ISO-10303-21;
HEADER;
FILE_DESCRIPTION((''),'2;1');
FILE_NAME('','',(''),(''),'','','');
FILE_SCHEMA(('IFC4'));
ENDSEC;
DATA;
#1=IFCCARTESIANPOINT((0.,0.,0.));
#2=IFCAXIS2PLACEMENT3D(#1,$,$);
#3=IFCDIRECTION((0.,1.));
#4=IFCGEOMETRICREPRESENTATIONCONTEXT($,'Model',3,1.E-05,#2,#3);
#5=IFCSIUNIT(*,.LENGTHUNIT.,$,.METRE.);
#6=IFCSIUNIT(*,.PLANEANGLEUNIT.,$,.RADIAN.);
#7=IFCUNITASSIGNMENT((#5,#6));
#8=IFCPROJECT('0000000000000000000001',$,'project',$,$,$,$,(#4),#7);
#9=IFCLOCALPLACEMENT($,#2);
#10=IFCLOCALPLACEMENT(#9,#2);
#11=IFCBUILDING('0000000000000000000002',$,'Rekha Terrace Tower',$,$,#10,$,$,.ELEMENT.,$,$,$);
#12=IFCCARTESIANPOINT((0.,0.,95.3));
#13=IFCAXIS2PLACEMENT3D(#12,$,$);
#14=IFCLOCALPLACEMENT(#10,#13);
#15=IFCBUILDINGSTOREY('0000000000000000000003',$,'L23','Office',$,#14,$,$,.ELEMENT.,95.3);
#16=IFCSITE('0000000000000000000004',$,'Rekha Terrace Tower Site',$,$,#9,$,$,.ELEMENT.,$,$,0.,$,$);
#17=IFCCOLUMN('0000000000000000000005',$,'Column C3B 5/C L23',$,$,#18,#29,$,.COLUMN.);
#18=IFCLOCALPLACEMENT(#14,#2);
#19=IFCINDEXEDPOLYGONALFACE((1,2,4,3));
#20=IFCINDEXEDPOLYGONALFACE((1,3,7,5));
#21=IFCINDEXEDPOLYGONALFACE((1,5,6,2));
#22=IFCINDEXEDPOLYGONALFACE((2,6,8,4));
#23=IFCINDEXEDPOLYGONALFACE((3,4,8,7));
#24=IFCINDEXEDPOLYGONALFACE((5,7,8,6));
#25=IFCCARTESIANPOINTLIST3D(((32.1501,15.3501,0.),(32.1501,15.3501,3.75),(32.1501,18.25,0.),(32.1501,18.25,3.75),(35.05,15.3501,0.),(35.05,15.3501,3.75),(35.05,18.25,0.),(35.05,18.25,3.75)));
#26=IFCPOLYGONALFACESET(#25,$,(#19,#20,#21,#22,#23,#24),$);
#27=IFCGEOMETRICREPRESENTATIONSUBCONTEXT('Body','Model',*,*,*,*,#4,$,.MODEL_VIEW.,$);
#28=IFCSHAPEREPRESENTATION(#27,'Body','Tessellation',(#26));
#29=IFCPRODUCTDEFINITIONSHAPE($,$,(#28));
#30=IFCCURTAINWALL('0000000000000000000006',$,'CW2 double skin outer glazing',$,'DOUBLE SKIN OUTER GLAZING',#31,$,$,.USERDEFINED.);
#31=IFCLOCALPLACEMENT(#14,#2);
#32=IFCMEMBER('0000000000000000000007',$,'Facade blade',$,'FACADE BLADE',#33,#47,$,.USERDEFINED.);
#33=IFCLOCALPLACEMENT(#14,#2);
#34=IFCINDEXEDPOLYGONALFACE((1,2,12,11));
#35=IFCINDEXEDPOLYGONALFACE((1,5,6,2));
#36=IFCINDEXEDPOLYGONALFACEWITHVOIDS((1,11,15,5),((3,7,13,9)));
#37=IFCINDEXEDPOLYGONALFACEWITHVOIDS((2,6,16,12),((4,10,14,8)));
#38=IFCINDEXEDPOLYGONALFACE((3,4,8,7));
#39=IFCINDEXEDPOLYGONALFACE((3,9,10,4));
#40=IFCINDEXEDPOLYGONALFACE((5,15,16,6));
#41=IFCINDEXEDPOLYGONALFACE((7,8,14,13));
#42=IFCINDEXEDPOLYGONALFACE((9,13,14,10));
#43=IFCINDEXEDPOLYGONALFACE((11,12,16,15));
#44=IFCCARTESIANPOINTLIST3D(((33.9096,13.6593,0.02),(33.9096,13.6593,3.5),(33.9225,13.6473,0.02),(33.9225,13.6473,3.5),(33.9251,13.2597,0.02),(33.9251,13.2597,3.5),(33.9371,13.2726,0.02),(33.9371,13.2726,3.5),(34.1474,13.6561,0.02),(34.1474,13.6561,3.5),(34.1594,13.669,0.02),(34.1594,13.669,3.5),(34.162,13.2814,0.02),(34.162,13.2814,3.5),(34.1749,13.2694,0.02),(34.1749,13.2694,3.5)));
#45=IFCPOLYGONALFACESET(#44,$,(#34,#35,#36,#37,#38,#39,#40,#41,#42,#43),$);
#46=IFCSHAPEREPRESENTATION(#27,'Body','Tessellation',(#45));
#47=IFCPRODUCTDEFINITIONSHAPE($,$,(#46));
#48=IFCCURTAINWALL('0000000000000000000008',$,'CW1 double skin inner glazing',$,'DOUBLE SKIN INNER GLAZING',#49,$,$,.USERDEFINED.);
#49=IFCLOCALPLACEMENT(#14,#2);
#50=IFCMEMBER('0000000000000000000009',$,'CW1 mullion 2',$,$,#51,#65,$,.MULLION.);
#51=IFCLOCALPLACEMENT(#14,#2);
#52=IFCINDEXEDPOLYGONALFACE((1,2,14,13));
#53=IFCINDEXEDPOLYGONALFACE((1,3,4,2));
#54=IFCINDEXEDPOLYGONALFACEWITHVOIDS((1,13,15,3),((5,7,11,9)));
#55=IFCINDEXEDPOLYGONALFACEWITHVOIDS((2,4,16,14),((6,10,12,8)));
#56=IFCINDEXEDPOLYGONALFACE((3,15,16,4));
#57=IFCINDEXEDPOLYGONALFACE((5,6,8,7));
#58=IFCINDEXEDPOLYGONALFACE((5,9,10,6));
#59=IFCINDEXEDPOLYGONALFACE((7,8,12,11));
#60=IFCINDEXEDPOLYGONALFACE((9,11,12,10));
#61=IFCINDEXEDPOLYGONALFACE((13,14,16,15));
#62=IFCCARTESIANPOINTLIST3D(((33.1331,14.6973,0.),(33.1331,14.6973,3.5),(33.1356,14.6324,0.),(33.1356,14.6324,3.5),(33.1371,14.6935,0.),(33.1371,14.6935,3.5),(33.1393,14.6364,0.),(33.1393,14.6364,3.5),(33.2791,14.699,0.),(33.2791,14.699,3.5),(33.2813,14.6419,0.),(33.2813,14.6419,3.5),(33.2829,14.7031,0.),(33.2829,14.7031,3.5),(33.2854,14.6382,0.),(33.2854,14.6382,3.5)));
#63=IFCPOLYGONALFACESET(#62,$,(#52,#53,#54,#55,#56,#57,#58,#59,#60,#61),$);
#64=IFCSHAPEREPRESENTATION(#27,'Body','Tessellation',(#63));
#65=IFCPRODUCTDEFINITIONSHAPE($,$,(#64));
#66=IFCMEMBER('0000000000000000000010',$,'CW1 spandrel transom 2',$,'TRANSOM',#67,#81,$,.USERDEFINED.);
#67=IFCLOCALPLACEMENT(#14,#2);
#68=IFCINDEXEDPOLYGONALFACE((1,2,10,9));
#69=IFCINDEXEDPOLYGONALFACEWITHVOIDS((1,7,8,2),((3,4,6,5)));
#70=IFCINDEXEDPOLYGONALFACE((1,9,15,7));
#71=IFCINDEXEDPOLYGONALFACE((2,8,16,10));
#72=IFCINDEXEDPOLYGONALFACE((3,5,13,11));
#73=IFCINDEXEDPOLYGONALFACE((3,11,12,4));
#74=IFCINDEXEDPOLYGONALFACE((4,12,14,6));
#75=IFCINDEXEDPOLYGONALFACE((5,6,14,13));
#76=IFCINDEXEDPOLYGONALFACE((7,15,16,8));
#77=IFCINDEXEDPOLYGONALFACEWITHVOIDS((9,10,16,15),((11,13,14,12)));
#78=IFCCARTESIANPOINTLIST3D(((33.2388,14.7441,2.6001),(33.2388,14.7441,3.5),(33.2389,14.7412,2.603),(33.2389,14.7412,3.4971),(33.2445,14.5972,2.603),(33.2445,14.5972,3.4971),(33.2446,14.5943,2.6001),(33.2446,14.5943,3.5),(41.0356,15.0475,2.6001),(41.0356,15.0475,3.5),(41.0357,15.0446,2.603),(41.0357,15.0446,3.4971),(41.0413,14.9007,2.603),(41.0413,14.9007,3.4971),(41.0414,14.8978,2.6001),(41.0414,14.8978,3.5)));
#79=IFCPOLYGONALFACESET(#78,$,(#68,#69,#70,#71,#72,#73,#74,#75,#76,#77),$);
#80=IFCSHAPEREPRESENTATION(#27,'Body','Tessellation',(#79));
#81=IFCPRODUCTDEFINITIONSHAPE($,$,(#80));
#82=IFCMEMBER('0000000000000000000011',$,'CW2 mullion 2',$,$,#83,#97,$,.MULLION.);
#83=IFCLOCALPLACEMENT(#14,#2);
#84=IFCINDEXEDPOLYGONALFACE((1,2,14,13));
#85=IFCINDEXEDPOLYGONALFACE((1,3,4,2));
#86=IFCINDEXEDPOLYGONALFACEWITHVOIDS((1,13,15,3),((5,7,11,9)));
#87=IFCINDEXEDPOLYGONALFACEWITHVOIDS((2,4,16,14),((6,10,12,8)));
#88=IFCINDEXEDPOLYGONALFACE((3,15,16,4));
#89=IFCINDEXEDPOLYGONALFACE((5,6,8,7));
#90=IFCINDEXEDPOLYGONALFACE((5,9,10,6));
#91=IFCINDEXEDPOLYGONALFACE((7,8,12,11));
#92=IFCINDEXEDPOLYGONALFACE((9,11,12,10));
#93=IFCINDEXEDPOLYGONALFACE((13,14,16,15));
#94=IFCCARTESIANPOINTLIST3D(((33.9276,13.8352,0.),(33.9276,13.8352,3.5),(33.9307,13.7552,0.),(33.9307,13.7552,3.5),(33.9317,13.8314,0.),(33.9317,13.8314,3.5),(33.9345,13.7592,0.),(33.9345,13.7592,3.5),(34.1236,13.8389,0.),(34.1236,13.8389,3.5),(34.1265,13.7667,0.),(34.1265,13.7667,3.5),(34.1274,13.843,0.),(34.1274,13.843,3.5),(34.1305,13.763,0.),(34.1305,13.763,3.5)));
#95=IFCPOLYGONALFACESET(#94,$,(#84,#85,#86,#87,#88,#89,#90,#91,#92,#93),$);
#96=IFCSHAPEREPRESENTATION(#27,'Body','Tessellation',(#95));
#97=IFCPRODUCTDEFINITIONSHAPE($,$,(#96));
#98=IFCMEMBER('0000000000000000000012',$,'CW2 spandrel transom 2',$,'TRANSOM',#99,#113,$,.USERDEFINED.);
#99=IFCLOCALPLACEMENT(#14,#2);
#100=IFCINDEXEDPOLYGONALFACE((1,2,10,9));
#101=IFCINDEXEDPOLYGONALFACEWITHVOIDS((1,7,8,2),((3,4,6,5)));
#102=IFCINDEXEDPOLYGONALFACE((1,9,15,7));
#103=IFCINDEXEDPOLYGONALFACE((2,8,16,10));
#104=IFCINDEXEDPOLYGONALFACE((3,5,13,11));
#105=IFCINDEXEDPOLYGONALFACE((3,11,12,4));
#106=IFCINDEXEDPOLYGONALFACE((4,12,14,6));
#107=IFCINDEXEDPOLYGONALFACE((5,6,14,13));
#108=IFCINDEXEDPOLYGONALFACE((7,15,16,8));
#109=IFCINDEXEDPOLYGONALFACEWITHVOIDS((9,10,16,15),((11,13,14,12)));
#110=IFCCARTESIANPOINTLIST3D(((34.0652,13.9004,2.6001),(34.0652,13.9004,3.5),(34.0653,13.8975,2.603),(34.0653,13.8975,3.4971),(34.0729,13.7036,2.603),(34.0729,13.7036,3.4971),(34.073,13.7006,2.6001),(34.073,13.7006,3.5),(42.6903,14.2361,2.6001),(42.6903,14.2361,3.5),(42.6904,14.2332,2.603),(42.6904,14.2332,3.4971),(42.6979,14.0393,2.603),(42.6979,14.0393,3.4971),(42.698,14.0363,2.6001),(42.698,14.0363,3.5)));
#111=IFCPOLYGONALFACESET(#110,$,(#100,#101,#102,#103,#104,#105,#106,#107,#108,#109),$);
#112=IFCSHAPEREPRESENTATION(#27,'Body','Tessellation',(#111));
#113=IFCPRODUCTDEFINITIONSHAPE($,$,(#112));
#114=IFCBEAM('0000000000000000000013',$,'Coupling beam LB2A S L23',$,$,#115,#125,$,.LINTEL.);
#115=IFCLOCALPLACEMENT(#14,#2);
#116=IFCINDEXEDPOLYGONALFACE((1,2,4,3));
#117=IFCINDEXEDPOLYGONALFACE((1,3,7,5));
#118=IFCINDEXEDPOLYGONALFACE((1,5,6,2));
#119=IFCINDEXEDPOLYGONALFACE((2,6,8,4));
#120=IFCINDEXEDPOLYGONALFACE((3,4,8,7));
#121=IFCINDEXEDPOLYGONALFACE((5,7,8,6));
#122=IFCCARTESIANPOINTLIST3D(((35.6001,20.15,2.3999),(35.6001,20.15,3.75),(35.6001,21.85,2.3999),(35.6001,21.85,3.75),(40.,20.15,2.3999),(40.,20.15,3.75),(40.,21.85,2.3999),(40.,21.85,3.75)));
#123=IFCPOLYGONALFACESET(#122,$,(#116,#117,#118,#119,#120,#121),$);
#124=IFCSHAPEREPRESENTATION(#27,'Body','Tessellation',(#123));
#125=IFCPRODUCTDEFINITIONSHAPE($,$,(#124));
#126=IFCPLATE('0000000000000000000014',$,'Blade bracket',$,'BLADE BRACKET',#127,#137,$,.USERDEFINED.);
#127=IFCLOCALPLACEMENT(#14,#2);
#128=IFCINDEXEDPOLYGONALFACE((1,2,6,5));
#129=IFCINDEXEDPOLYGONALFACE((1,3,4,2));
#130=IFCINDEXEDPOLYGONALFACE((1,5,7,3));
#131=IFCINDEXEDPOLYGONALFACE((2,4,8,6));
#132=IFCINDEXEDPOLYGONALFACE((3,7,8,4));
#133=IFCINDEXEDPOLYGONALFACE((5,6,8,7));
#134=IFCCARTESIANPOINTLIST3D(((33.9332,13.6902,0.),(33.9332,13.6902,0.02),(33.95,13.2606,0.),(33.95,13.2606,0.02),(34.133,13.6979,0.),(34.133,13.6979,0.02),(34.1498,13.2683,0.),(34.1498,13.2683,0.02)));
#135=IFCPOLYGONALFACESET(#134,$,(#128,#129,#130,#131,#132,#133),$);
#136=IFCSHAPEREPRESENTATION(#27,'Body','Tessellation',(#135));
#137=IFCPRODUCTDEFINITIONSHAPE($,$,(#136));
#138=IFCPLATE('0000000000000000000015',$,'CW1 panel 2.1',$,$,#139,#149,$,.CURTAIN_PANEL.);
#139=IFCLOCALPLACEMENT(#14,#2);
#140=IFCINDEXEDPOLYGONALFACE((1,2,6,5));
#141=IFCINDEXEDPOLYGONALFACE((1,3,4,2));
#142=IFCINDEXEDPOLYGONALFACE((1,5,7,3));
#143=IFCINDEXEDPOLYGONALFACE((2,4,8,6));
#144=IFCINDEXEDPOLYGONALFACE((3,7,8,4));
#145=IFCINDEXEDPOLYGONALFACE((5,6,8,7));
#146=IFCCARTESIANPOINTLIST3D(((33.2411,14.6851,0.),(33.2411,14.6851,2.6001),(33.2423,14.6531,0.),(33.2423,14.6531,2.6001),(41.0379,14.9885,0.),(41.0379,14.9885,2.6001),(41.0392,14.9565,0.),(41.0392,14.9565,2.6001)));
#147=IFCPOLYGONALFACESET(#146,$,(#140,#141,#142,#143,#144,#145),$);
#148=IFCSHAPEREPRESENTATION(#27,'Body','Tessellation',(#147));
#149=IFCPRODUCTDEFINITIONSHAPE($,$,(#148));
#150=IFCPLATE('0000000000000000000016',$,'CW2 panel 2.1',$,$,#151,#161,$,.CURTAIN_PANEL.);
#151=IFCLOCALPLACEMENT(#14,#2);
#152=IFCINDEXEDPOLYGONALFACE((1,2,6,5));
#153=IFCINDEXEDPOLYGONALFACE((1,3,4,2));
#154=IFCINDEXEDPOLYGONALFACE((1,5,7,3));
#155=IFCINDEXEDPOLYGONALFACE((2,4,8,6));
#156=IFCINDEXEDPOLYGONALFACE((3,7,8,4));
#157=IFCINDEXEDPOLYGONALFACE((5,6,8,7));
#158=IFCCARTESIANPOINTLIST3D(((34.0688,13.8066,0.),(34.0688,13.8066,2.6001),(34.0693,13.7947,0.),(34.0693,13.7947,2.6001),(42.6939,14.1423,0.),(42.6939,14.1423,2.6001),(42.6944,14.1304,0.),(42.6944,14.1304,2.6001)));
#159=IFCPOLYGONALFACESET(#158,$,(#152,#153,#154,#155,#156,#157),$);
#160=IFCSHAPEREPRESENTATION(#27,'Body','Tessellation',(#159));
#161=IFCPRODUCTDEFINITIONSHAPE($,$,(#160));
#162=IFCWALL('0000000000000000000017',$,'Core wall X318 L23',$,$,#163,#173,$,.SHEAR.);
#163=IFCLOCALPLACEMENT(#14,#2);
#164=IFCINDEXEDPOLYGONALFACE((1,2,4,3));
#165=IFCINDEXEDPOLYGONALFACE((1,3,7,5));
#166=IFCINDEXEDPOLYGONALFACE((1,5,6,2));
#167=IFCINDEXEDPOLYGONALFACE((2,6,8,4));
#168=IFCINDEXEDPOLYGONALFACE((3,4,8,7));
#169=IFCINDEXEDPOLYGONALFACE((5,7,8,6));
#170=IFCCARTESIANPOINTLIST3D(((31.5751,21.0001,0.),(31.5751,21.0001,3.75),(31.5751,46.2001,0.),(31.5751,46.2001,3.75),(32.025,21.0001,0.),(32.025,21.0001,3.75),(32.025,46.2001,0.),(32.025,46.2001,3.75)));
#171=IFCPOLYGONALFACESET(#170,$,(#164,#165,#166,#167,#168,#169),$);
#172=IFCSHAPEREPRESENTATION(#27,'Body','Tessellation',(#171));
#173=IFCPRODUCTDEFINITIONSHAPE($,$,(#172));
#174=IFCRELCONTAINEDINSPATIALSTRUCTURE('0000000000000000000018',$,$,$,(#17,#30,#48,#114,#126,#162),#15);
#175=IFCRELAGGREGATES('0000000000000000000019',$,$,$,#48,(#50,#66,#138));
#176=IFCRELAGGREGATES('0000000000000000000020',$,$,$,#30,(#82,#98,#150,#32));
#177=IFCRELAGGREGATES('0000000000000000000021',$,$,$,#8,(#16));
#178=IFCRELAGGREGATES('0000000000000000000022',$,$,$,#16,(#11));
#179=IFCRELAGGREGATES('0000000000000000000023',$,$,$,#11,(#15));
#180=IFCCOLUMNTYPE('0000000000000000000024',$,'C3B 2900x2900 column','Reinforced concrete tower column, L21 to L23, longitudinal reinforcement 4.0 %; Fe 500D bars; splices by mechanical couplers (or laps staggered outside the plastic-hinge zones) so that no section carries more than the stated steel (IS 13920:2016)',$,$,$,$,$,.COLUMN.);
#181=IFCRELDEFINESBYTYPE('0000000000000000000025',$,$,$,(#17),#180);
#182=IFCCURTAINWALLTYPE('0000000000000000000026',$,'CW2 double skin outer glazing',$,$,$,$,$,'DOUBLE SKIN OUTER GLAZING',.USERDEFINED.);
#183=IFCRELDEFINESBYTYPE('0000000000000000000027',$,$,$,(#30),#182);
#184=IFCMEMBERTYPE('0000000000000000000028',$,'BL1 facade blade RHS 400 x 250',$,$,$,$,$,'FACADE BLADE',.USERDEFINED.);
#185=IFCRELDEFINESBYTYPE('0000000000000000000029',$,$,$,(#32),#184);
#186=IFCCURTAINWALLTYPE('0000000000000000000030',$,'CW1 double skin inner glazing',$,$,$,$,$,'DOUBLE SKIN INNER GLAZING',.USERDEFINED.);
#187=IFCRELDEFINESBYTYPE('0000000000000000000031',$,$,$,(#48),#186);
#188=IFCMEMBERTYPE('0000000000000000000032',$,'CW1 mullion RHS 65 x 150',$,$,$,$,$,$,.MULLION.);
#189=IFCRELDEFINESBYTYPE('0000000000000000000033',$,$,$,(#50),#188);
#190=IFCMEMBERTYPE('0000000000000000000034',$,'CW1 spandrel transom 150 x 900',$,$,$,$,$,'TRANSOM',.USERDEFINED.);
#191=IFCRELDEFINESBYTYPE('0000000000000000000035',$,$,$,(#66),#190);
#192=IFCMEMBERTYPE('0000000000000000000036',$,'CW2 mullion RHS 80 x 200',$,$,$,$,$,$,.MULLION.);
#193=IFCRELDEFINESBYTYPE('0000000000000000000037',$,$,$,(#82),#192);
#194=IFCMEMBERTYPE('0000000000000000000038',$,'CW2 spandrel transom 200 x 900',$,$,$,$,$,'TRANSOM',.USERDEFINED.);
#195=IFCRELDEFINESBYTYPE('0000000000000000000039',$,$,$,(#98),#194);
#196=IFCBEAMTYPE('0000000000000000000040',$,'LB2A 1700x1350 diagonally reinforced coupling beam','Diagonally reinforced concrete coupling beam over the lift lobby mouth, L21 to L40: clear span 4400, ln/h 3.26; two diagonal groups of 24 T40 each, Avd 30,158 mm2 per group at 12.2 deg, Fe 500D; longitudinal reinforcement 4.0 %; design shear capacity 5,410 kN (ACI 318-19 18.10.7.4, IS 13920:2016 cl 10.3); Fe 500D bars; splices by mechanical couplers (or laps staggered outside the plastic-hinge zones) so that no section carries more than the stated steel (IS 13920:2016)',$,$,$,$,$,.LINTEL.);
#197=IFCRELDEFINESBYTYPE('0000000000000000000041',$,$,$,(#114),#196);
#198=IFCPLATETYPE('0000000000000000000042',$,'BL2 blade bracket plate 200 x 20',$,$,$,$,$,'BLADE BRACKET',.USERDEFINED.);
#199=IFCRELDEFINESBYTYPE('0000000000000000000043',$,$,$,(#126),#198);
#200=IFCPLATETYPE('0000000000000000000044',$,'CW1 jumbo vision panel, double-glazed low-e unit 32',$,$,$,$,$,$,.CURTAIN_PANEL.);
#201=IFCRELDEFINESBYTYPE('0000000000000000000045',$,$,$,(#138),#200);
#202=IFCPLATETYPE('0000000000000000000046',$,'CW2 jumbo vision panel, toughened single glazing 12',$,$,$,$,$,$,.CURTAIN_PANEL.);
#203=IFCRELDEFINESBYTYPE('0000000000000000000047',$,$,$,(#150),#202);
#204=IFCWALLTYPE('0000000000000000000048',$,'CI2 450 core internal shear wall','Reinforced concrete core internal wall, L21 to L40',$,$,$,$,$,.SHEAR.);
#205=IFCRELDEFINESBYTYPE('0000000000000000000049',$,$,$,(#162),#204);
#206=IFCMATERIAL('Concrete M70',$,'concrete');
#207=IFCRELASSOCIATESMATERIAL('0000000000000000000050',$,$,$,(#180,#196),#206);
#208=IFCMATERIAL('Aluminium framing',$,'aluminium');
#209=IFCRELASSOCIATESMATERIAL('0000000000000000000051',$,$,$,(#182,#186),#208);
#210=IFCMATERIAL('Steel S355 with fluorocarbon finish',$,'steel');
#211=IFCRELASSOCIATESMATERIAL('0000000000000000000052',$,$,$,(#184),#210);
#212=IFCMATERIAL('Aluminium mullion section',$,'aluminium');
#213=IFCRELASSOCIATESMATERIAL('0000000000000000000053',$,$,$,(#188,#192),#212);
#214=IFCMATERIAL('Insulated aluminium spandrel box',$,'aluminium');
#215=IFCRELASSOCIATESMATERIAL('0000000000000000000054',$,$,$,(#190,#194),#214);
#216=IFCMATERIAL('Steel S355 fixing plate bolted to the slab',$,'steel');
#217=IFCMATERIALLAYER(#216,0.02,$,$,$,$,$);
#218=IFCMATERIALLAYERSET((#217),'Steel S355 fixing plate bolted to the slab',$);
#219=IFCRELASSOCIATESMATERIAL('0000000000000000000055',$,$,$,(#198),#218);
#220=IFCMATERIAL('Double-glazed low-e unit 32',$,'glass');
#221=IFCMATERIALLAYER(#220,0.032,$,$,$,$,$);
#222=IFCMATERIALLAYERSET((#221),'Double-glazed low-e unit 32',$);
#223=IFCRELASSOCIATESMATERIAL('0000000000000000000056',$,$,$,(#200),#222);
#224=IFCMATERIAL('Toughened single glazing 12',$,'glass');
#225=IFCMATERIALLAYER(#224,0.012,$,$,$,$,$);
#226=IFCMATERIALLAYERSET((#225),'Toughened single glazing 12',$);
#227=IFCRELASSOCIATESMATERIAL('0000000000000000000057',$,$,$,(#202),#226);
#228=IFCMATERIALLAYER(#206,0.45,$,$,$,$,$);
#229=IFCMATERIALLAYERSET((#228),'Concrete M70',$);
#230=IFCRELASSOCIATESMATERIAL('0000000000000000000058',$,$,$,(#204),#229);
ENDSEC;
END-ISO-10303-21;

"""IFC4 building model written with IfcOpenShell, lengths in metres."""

from ifc_helpers import new_model, si_unit, direction, frame, frame_2d, origin, origin_2d, place, context, subcontext, project, spatial, rectangle, hollow_rectangle, extrude, material, layer, layer_set, material_profile, profile_set, type_object, element, aggregate, save


model = new_model("IFC4")

# Units and contexts
model_context = context("Model", 3, precision=1e-05, world=origin(), true_north=direction((0.0, 1.0)))
body_context = subcontext(model_context, "Body", "Model", "MODEL_VIEW")
ifc_project = project(units=[si_unit("LENGTHUNIT", "METRE"), si_unit("PLANEANGLEUNIT", "RADIAN")], contexts=[model_context])

# Site, building, storey
site_placement = place(None, origin())
site = spatial("IfcSite", under=ifc_project, at=site_placement, Name="Rekha Terrace Tower Site", CompositionType="ELEMENT", RefElevation=0.0)
building_placement = place(site_placement, origin())
building = spatial("IfcBuilding", under=site, at=building_placement, Name="Rekha Terrace Tower", CompositionType="ELEMENT")
storey_placement = place(building_placement, frame((0.0, 0.0, 95.3)))
storey = spatial("IfcBuildingStorey", under=building, at=storey_placement, Name="L23", Description="Office", CompositionType="ELEMENT", Elevation=95.3)

# Column
ifc_material_1 = material(Name="Concrete M70", Category="concrete")
ifc_material_profile_1 = material_profile(ifc_material_1, rectangle(XDim=2.8999, YDim=2.8999, at=origin_2d()), Name="RC 2900x2900")
ifc_profile_set_1 = profile_set([ifc_material_profile_1], Name="Concrete M70")
column_type = type_object("IfcColumnType", Name="C3B 2900x2900 column", Description="Reinforced concrete tower column, L21 to L23, longitudinal reinforcement 4.0 %; Fe 500D bars; splices by mechanical couplers (or laps staggered outside the plastic-hinge zones) so that no section carries more than the stated steel (IS 13920:2016)", PredefinedType="COLUMN", material=ifc_profile_set_1)
column_placement = place(storey_placement, frame((33.6001, 16.8, 0.0), z_axis=(0.0, 0.0, 1.0), x_axis=(1.0, 0.0, 0.0)))
element("IfcColumn", 1, at=column_placement, inside=storey, type_object=column_type, Name="Column C3B 5/C L23", PredefinedType="COLUMN", context=body_context, shape_type="SweptSolid", body=[
    extrude(rectangle(XDim=2.8999, YDim=2.8999, at=origin_2d()), origin(), (0.0, 0.0, 1.0), 3.75),
])

# Curtain wall, member
ifc_material_2 = material(Name="Aluminium framing", Category="aluminium")
curtain_wall_type_1 = type_object("IfcCurtainWallType", Name="CW2 double skin outer glazing", ElementType="DOUBLE SKIN OUTER GLAZING", PredefinedType="USERDEFINED", material=ifc_material_2)
curtain_wall_1_placement = place(storey_placement, origin())
curtain_wall_1 = element("IfcCurtainWall", 2, at=curtain_wall_1_placement, inside=storey, type_object=curtain_wall_type_1, Name="CW2 double skin outer glazing", ObjectType="DOUBLE SKIN OUTER GLAZING", PredefinedType="USERDEFINED")
ifc_material_3 = material(Name="Steel S355 with fluorocarbon finish", Category="steel")
ifc_material_profile_2 = material_profile(ifc_material_3, hollow_rectangle(XDim=0.25, YDim=0.3999, WallThickness=0.0125, at=origin_2d()), Name="RHS400x250x12.5")
ifc_profile_set_2 = profile_set([ifc_material_profile_2], Name="Steel S355 with fluorocarbon finish")
member_type_1 = type_object("IfcMemberType", Name="BL1 facade blade RHS 400 x 250", ElementType="FACADE BLADE", PredefinedType="USERDEFINED", material=ifc_profile_set_2)
member_1_placement = place(storey_placement, frame((34.0422, 13.4644, 0.02), z_axis=(0.0, 0.0, 1.0), x_axis=(0.999243, 0.03889, 0.0)))
member_1 = element("IfcMember", 3, at=member_1_placement, type_object=member_type_1, Name="Facade blade", ObjectType="FACADE BLADE", PredefinedType="USERDEFINED", context=body_context, shape_type="SweptSolid", body=[
    extrude(hollow_rectangle(XDim=0.25, YDim=0.3999, WallThickness=0.0125, at=origin_2d()), origin(), (0.0, 0.0, 1.0), 3.48),
])

# Curtain wall, members
curtain_wall_type_2 = type_object("IfcCurtainWallType", Name="CW1 double skin inner glazing", ElementType="DOUBLE SKIN INNER GLAZING", PredefinedType="USERDEFINED", material=ifc_material_2)
curtain_wall_2_placement = place(storey_placement, origin())
curtain_wall_2 = element("IfcCurtainWall", 4, at=curtain_wall_2_placement, inside=storey, type_object=curtain_wall_type_2, Name="CW1 double skin inner glazing", ObjectType="DOUBLE SKIN INNER GLAZING", PredefinedType="USERDEFINED")
ifc_material_4 = material(Name="Aluminium mullion section", Category="aluminium")
ifc_material_profile_3 = material_profile(ifc_material_4, hollow_rectangle(XDim=0.0649, YDim=0.1499, WallThickness=0.0039, at=origin_2d()), Name="AL RHS 65x150")
ifc_profile_set_3 = profile_set([ifc_material_profile_3], Name="Aluminium mullion section")
member_type_2 = type_object("IfcMemberType", Name="CW1 mullion RHS 65 x 150", PredefinedType="MULLION", material=ifc_profile_set_3)
member_2_placement = place(storey_placement, frame((33.2092, 14.6677, 0.0), z_axis=(0.0, 0.0, 1.0), x_axis=(-0.03889, 0.999243, 0.0)))
member_2 = element("IfcMember", 5, at=member_2_placement, type_object=member_type_2, Name="CW1 mullion 2", PredefinedType="MULLION", context=body_context, shape_type="SweptSolid", body=[
    extrude(hollow_rectangle(XDim=0.0649, YDim=0.1499, WallThickness=0.0039, at=origin_2d()), origin(), (0.0, 0.0, 1.0), 3.5),
])
ifc_material_5 = material(Name="Insulated aluminium spandrel box", Category="aluminium")
ifc_material_profile_4 = material_profile(ifc_material_5, hollow_rectangle(XDim=0.1499, YDim=0.8999, WallThickness=0.0029, at=origin_2d()), Name="AL SPANDREL BOX 150x900")
ifc_profile_set_4 = profile_set([ifc_material_profile_4], Name="Insulated aluminium spandrel box")
member_type_3 = type_object("IfcMemberType", Name="CW1 spandrel transom 150 x 900", ElementType="TRANSOM", PredefinedType="USERDEFINED", material=ifc_profile_set_4)
member_3_placement = place(storey_placement, frame((33.2417, 14.6692, 3.05), z_axis=(0.999243, 0.038892, 0.0), x_axis=(-0.038892, 0.999243, 0.0)))
member_3 = element("IfcMember", 6, at=member_3_placement, type_object=member_type_3, Name="CW1 spandrel transom 2", ObjectType="TRANSOM", PredefinedType="USERDEFINED", context=body_context, shape_type="SweptSolid", body=[
    extrude(hollow_rectangle(XDim=0.1499, YDim=0.8999, WallThickness=0.0029, at=origin_2d()), origin(), (0.0, 0.0, 1.0), 7.8027),
])

# Members
ifc_material_profile_5 = material_profile(ifc_material_4, hollow_rectangle(XDim=0.0801, YDim=0.2, WallThickness=0.0039, at=origin_2d()), Name="AL RHS 80x200")
ifc_profile_set_5 = profile_set([ifc_material_profile_5], Name="Aluminium mullion section")
member_type_4 = type_object("IfcMemberType", Name="CW2 mullion RHS 80 x 200", PredefinedType="MULLION", material=ifc_profile_set_5)
member_4_placement = place(storey_placement, frame((34.0291, 13.7991, 0.0), z_axis=(0.0, 0.0, 1.0), x_axis=(-0.03889, 0.999243, 0.0)))
member_4 = element("IfcMember", 7, at=member_4_placement, type_object=member_type_4, Name="CW2 mullion 2", PredefinedType="MULLION", context=body_context, shape_type="SweptSolid", body=[
    extrude(hollow_rectangle(XDim=0.0801, YDim=0.2, WallThickness=0.0039, at=origin_2d()), origin(), (0.0, 0.0, 1.0), 3.5),
])
ifc_material_profile_6 = material_profile(ifc_material_5, hollow_rectangle(XDim=0.2, YDim=0.8999, WallThickness=0.0029, at=origin_2d()), Name="AL SPANDREL BOX 200x900")
ifc_profile_set_6 = profile_set([ifc_material_profile_6], Name="Insulated aluminium spandrel box")
member_type_5 = type_object("IfcMemberType", Name="CW2 spandrel transom 200 x 900", ElementType="TRANSOM", PredefinedType="USERDEFINED", material=ifc_profile_set_6)
member_5_placement = place(storey_placement, frame((34.0691, 13.8005, 3.05), z_axis=(0.999243, 0.038892, 0.0), x_axis=(-0.038892, 0.999243, 0.0)))
member_5 = element("IfcMember", 8, at=member_5_placement, type_object=member_type_5, Name="CW2 spandrel transom 2", ObjectType="TRANSOM", PredefinedType="USERDEFINED", context=body_context, shape_type="SweptSolid", body=[
    extrude(hollow_rectangle(XDim=0.2, YDim=0.8999, WallThickness=0.0029, at=origin_2d()), origin(), (0.0, 0.0, 1.0), 8.6316),
])

# Beam
ifc_material_profile_7 = material_profile(ifc_material_1, rectangle(XDim=1.7, YDim=1.3501, at=origin_2d()), Name="RC 1700x1350")
ifc_profile_set_7 = profile_set([ifc_material_profile_7], Name="Concrete M70")
beam_type = type_object("IfcBeamType", Name="LB2A 1700x1350 diagonally reinforced coupling beam", Description="Diagonally reinforced concrete coupling beam over the lift lobby mouth, L21 to L40: clear span 4400, ln/h 3.26; two diagonal groups of 24 T40 each, Avd 30,158 mm2 per group at 12.2 deg, Fe 500D; longitudinal reinforcement 4.0 %; design shear capacity 5,410 kN (ACI 318-19 18.10.7.4, IS 13920:2016 cl 10.3); Fe 500D bars; splices by mechanical couplers (or laps staggered outside the plastic-hinge zones) so that no section carries more than the stated steel (IS 13920:2016)", PredefinedType="LINTEL", material=ifc_profile_set_7)
beam_placement = place(storey_placement, frame((35.6001, 21.0, 3.075), z_axis=(1.0, 0.0, 0.0), x_axis=(0.0, 1.0, 0.0)))
element("IfcBeam", 9, at=beam_placement, inside=storey, type_object=beam_type, Name="Coupling beam LB2A S L23", PredefinedType="LINTEL", context=body_context, shape_type="SweptSolid", body=[
    extrude(rectangle(XDim=1.7, YDim=1.3501, at=origin_2d()), origin(), (0.0, 0.0, 1.0), 4.3999),
])

# Plates
ifc_material_6 = material(Name="Steel S355 fixing plate bolted to the slab", Category="steel")
ifc_layer_1 = layer(ifc_material_6, 0.02)
ifc_layer_set_1 = layer_set([ifc_layer_1], Name="Steel S355 fixing plate bolted to the slab")
plate_type_1 = type_object("IfcPlateType", Name="BL2 blade bracket plate 200 x 20", ElementType="BLADE BRACKET", PredefinedType="USERDEFINED", material=ifc_layer_set_1)
plate_1_placement = place(storey_placement, frame((34.0415, 13.4792, 0.0), z_axis=(0.0, 0.0, 1.0), x_axis=(0.03889, -0.999243, 0.0)))
element("IfcPlate", 10, at=plate_1_placement, inside=storey, type_object=plate_type_1, Name="Blade bracket", ObjectType="BLADE BRACKET", PredefinedType="USERDEFINED", context=body_context, shape_type="SweptSolid", body=[
    extrude(rectangle(XDim=0.4299, YDim=0.2, at=origin_2d()), origin(), (0.0, 0.0, 1.0), 0.02),
])
ifc_material_7 = material(Name="Double-glazed low-e unit 32", Category="glass")
ifc_layer_2 = layer(ifc_material_7, 0.032)
ifc_layer_set_2 = layer_set([ifc_layer_2], Name="Double-glazed low-e unit 32")
plate_type_2 = type_object("IfcPlateType", Name="CW1 jumbo vision panel, double-glazed low-e unit 32", PredefinedType="CURTAIN_PANEL", material=ifc_layer_set_2)
plate_2_placement = place(storey_placement, frame((37.1401, 14.8208, 0.0), z_axis=(0.0, 0.0, 1.0), x_axis=(0.999243, 0.03889, 0.0)))
plate_2 = element("IfcPlate", 11, at=plate_2_placement, type_object=plate_type_2, Name="CW1 panel 2.1", PredefinedType="CURTAIN_PANEL", context=body_context, shape_type="SweptSolid", body=[
    extrude(rectangle(XDim=7.8027, YDim=0.032, at=origin_2d()), origin(), (0.0, 0.0, 1.0), 2.6001),
])
aggregate(curtain_wall_2, [member_2, member_3, plate_2])
ifc_material_8 = material(Name="Toughened single glazing 12", Category="glass")
ifc_layer_3 = layer(ifc_material_8, 0.012)
ifc_layer_set_3 = layer_set([ifc_layer_3], Name="Toughened single glazing 12")
plate_type_3 = type_object("IfcPlateType", Name="CW2 jumbo vision panel, toughened single glazing 12", PredefinedType="CURTAIN_PANEL", material=ifc_layer_set_3)
plate_3_placement = place(storey_placement, frame((38.3816, 13.9685, 0.0), z_axis=(0.0, 0.0, 1.0), x_axis=(0.999243, 0.03889, 0.0)))
plate_3 = element("IfcPlate", 12, at=plate_3_placement, type_object=plate_type_3, Name="CW2 panel 2.1", PredefinedType="CURTAIN_PANEL", context=body_context, shape_type="SweptSolid", body=[
    extrude(rectangle(XDim=8.6316, YDim=0.012, at=origin_2d()), origin(), (0.0, 0.0, 1.0), 2.6001),
])
aggregate(curtain_wall_1, [member_4, member_5, plate_3, member_1])

# Wall
ifc_layer_4 = layer(ifc_material_1, 0.45)
ifc_layer_set_4 = layer_set([ifc_layer_4], Name="Concrete M70")
wall_type_1 = type_object("IfcWallType", Name="CI2 450 core internal shear wall", Description="Reinforced concrete core internal wall, L21 to L40", PredefinedType="SHEAR", material=ifc_layer_set_4)
wall_1_placement = place(storey_placement, frame((31.8, 21.0, 0.0), z_axis=(0.0, 0.0, 1.0), x_axis=(0.0, 1.0, 0.0)))
element("IfcWall", 13, at=wall_1_placement, inside=storey, type_object=wall_type_1, Name="Core wall X318 L23", PredefinedType="SHEAR", context=body_context, shape_type="SweptSolid", body=[
    extrude(rectangle(XDim=25.2, YDim=0.45, at=frame_2d((12.6001, 0.0))), origin(), (0.0, 0.0, 1.0), 3.75),
])

save(model, "model.ifc")
